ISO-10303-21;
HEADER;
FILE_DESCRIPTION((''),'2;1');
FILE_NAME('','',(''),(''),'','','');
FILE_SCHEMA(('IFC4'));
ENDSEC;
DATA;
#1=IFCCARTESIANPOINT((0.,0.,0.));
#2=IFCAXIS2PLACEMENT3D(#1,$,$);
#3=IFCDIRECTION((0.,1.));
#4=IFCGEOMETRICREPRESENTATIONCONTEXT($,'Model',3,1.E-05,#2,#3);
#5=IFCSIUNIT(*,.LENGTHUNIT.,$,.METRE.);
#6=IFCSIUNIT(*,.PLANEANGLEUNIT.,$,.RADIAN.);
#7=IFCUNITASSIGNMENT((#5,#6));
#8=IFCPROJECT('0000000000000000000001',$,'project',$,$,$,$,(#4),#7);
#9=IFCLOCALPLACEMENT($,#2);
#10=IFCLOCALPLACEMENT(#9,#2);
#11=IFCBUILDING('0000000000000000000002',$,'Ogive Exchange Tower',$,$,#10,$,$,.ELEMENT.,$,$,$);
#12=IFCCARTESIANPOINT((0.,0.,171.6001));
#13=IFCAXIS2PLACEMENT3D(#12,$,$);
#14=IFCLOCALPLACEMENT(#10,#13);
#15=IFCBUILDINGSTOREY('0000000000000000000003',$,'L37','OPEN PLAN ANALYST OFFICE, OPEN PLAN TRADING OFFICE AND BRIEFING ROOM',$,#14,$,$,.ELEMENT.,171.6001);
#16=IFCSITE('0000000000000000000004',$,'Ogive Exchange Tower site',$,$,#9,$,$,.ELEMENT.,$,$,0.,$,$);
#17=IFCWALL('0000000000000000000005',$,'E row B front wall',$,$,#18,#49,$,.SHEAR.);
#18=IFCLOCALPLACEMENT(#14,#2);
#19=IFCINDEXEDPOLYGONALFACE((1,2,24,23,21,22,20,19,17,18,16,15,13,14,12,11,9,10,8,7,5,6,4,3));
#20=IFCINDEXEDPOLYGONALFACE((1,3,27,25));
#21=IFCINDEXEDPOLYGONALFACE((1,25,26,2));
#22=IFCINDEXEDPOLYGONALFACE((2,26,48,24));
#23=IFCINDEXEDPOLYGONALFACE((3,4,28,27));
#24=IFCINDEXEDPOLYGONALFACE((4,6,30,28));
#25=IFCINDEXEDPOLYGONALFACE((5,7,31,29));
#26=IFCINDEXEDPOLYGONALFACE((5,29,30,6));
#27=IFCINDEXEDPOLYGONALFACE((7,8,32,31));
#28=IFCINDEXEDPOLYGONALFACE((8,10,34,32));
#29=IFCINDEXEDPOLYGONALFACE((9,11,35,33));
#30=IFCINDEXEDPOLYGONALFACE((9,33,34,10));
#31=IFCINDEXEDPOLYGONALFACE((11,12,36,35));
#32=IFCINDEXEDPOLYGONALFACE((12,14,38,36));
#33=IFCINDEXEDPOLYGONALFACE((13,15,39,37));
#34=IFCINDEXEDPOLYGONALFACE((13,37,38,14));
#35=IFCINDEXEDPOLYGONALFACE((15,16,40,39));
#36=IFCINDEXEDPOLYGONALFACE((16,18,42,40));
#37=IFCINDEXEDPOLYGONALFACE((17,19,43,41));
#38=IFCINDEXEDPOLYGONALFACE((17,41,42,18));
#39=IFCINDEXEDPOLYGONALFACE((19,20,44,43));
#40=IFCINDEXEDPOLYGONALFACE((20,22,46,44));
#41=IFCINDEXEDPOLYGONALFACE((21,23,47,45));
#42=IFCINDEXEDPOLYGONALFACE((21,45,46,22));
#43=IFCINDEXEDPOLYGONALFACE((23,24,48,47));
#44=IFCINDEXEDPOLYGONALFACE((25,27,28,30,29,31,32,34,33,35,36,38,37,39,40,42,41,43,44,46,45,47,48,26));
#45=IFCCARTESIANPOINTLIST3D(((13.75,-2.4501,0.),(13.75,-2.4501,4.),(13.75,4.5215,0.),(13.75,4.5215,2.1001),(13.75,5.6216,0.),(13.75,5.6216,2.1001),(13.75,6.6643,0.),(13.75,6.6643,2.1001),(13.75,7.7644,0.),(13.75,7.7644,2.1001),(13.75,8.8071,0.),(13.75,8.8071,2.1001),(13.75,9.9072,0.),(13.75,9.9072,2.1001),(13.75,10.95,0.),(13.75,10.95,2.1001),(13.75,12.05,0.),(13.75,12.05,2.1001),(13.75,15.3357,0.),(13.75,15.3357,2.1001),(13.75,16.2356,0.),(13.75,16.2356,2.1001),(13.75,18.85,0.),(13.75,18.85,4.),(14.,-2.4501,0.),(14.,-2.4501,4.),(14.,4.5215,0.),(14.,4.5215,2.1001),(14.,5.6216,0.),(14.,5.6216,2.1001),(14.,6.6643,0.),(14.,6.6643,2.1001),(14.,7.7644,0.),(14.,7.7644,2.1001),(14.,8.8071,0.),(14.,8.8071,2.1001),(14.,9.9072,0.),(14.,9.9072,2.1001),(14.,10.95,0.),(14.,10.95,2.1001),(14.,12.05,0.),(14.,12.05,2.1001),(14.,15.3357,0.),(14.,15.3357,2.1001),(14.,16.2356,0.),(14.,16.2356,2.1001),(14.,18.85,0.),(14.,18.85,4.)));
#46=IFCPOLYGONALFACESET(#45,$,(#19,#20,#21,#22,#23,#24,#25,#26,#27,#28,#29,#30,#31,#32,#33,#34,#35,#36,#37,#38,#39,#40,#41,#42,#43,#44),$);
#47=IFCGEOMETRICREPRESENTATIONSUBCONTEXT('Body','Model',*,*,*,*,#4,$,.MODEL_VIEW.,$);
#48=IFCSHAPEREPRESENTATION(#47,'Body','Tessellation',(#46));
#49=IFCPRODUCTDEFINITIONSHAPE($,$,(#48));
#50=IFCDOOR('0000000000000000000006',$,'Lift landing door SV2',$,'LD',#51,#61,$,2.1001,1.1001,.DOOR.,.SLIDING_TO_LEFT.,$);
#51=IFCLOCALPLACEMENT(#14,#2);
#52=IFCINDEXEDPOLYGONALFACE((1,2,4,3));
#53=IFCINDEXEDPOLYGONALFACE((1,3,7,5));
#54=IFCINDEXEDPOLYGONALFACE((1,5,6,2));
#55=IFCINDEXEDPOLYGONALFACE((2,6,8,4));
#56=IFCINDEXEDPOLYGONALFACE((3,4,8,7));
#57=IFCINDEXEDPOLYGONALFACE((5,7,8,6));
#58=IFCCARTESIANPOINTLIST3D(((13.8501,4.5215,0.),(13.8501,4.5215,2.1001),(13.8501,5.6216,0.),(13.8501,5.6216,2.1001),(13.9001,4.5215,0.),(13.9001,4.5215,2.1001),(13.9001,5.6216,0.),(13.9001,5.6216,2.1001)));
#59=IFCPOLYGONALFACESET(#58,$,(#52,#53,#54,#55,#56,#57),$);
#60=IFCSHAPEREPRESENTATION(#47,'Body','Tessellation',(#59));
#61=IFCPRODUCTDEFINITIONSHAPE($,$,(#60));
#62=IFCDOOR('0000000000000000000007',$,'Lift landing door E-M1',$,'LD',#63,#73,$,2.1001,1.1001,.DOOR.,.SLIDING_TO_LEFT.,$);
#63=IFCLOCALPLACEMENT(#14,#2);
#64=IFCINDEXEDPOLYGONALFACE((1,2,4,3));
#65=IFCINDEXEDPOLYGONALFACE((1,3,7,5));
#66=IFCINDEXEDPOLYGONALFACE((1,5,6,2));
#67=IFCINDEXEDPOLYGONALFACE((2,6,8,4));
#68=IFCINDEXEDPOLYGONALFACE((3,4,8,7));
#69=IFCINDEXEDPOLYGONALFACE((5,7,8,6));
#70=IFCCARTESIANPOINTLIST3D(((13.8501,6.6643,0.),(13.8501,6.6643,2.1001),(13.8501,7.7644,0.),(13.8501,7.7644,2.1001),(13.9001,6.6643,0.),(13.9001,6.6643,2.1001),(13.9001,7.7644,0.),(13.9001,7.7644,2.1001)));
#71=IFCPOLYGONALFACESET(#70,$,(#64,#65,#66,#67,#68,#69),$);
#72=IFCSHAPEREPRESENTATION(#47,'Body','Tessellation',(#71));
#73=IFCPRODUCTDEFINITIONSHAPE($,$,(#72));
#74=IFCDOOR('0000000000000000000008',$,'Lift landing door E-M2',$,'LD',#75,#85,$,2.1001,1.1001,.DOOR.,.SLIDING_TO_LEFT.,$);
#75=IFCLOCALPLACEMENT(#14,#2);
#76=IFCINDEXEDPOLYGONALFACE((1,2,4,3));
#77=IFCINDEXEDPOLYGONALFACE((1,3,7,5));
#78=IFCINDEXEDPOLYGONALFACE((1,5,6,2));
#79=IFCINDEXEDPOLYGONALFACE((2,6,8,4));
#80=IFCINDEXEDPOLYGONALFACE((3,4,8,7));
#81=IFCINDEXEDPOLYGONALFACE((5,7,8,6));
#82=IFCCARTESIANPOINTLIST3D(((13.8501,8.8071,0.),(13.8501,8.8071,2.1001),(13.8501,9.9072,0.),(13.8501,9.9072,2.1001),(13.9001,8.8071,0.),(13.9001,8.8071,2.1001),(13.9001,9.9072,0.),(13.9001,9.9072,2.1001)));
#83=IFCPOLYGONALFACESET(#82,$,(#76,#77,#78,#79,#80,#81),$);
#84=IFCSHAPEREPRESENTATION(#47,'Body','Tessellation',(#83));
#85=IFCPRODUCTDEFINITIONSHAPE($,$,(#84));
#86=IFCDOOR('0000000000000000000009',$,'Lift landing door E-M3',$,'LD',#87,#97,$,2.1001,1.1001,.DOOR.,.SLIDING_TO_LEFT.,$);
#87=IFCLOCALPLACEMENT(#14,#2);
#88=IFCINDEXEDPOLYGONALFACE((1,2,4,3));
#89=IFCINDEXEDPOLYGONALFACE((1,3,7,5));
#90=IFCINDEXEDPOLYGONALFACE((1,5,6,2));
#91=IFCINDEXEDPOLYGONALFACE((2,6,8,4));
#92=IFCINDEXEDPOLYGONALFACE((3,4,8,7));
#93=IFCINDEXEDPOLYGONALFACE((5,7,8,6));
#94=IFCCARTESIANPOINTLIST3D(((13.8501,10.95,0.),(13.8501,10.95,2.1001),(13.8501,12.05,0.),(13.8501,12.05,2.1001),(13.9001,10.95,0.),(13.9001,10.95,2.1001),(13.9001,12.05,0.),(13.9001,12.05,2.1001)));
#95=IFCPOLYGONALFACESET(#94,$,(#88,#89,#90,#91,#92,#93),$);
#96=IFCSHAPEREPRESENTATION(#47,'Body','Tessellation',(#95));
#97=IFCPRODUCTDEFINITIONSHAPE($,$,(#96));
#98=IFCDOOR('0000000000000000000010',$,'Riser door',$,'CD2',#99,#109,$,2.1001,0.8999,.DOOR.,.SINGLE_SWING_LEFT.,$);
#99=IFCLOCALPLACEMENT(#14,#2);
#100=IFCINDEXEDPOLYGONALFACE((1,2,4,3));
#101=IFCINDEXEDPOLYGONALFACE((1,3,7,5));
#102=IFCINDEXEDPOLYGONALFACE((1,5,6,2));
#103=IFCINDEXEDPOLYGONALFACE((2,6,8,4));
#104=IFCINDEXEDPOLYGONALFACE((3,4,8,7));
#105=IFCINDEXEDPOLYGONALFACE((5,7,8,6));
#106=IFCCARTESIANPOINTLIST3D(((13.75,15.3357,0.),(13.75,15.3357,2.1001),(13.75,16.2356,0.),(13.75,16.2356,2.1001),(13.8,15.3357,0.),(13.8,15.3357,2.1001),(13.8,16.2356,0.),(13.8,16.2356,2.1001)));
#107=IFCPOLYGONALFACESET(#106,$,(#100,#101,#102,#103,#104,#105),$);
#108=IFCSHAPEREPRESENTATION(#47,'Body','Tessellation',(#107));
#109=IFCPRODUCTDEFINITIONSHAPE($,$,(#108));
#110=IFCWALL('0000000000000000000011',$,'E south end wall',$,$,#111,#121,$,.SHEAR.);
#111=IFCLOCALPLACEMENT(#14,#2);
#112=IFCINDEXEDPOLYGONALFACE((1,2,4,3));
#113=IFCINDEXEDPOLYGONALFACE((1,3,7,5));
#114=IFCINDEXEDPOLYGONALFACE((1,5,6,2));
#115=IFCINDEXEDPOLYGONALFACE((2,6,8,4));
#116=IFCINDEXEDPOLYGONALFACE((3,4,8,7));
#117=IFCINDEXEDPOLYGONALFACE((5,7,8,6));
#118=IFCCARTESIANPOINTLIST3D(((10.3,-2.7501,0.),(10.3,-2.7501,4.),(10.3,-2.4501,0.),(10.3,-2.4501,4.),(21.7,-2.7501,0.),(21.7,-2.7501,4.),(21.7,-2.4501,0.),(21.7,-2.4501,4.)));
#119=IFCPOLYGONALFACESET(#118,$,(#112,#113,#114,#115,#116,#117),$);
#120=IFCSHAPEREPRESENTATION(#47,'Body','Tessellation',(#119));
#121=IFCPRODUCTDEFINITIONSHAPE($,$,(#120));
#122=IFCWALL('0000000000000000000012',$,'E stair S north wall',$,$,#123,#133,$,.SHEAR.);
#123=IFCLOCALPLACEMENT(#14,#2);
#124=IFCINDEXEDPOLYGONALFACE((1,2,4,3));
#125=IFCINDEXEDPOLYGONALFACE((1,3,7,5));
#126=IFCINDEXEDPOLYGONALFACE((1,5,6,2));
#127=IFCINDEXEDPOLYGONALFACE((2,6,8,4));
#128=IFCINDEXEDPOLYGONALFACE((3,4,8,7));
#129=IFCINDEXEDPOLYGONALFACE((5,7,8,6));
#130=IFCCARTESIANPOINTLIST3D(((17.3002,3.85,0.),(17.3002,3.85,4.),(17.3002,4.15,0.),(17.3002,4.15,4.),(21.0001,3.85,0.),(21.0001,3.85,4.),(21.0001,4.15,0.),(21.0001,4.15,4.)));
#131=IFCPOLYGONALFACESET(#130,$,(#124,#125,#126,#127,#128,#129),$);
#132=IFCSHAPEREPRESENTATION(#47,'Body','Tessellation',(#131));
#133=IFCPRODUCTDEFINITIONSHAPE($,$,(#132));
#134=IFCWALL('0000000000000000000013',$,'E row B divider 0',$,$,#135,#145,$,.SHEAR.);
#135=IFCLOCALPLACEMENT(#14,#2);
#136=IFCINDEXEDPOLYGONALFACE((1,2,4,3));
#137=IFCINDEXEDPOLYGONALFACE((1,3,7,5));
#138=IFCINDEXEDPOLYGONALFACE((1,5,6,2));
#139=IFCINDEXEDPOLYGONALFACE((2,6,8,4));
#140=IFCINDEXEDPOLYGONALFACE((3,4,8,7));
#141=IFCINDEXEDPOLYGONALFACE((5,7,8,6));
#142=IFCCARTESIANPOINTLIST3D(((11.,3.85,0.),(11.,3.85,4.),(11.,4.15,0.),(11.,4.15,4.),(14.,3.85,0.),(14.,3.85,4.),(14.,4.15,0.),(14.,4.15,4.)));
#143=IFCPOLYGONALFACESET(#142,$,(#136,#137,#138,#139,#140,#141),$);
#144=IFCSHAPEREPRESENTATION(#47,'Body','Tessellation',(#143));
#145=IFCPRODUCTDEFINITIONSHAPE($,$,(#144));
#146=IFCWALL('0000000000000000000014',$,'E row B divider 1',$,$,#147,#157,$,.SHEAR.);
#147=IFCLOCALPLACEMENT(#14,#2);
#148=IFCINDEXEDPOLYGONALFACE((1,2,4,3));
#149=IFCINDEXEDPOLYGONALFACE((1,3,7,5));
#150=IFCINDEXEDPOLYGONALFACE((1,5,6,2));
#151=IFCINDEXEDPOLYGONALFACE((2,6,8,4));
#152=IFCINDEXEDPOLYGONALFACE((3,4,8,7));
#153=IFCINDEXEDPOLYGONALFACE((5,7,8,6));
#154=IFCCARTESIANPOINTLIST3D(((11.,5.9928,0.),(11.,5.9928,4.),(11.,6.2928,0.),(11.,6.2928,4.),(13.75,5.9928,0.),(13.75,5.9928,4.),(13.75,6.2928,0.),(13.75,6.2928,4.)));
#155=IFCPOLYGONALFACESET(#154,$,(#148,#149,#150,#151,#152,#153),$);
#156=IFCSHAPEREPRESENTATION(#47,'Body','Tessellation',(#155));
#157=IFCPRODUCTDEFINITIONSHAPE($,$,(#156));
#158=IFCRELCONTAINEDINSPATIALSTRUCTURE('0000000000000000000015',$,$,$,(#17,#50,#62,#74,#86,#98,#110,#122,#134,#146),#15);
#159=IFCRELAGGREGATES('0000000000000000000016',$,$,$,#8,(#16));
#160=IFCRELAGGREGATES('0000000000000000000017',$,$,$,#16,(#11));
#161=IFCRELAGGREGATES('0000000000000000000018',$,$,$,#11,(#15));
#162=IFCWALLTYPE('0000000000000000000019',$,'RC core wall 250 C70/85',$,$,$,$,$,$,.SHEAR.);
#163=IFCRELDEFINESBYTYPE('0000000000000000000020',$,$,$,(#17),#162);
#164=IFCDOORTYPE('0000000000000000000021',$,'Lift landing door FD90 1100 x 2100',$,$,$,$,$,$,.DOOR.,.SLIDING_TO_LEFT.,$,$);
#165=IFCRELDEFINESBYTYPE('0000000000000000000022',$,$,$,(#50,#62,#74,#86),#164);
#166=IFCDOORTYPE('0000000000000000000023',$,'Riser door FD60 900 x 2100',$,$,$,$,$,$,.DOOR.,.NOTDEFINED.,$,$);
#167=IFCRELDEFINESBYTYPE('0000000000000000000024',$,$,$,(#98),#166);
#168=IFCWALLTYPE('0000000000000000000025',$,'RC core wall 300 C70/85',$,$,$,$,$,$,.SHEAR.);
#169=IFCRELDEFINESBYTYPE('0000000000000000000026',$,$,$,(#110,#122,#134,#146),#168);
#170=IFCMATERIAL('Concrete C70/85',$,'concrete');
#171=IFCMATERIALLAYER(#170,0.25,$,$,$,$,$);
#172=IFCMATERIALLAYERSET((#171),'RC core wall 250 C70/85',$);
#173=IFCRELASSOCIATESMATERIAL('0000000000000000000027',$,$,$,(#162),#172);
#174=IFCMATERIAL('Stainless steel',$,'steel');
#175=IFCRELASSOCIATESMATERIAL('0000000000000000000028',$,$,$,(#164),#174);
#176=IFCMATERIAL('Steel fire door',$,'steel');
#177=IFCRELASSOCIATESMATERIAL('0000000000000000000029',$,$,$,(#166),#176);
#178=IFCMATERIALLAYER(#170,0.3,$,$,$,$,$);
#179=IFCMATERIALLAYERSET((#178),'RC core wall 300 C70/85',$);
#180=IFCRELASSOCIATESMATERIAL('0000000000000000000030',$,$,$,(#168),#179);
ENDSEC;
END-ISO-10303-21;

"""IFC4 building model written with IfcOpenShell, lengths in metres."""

from ifc_helpers import new_model, si_unit, direction, frame, frame_2d, origin, place, context, subcontext, project, spatial, rectangle, extrude, material, layer, layer_set, type_object, element, fill, save


model = new_model("IFC4")

# Units and contexts
model_context = context("Model", 3, precision=1e-05, world=origin(), true_north=direction((0.0, 1.0)))
body_context = subcontext(model_context, "Body", "Model", "MODEL_VIEW")
ifc_project = project(units=[si_unit("LENGTHUNIT", "METRE"), si_unit("PLANEANGLEUNIT", "RADIAN")], contexts=[model_context])

# Site, building, storey
site_placement = place(None, origin())
site = spatial("IfcSite", under=ifc_project, at=site_placement, Name="Ogive Exchange Tower site", CompositionType="ELEMENT", RefElevation=0.0)
building_placement = place(site_placement, origin())
building = spatial("IfcBuilding", under=site, at=building_placement, Name="Ogive Exchange Tower", CompositionType="ELEMENT")
storey_placement = place(building_placement, frame((0.0, 0.0, 171.6001)))
storey = spatial("IfcBuildingStorey", under=building, at=storey_placement, Name="L37", Description="OPEN PLAN ANALYST OFFICE, OPEN PLAN TRADING OFFICE AND BRIEFING ROOM", CompositionType="ELEMENT", Elevation=171.6001)

# Shared definitions
ifc_material_1 = material(Name="Concrete C70/85", Category="concrete")

# Shared definitions
ifc_material_2 = material(Name="Steel fire door", Category="steel")
ifc_layer_1 = layer(ifc_material_1, 0.25)
ifc_layer_set_1 = layer_set([ifc_layer_1], Name="RC core wall 250 C70/85")
wall_type_1 = type_object("IfcWallType", Name="RC core wall 250 C70/85", PredefinedType="SHEAR", material=ifc_layer_set_1)

# Wall, openings, doors
wall_1_placement = place(storey_placement, frame((13.875, -2.45, 0.0), z_axis=(0.0, 0.0, 1.0), x_axis=(0.0, 1.0, 0.0)))
wall_1 = element("IfcWall", 1, at=wall_1_placement, inside=storey, type_object=wall_type_1, Name="E row B front wall", PredefinedType="SHEAR", context=body_context, shape_type="SweptSolid", body=[
    extrude(rectangle(XDim=21.3, YDim=0.25, at=frame_2d((10.6499, 0.0))), origin(), (0.0, 0.0, 1.0), 4.0),
])
opening_1_placement = place(wall_1_placement, frame((17.7856, 0.0, 0.0)))
opening_1 = element("IfcOpeningElement", 2, at=opening_1_placement, cuts=wall_1, PredefinedType="OPENING", context=body_context, shape_type="SweptSolid", body=[
    extrude(rectangle(XDim=0.8999, YDim=2.1001, at=frame_2d((0.45, 1.05))), frame((0.0, 0.135, 0.0), z_axis=(0.0, -1.0, 0.0), x_axis=(1.0, 0.0, 0.0)), (0.0, 0.0, 1.0), 0.27),
])
opening_2_placement = place(wall_1_placement, frame((6.9714, 0.0, 0.0)))
opening_2 = element("IfcOpeningElement", 3, at=opening_2_placement, cuts=wall_1, PredefinedType="OPENING", context=body_context, shape_type="SweptSolid", body=[
    extrude(rectangle(XDim=1.1001, YDim=2.1001, at=frame_2d((0.55, 1.05))), frame((0.0, 0.135, 0.0), z_axis=(0.0, -1.0, 0.0), x_axis=(1.0, 0.0, 0.0)), (0.0, 0.0, 1.0), 0.27),
])
opening_3_placement = place(wall_1_placement, frame((9.1143, 0.0, 0.0)))
opening_3 = element("IfcOpeningElement", 4, at=opening_3_placement, cuts=wall_1, PredefinedType="OPENING", context=body_context, shape_type="SweptSolid", body=[
    extrude(rectangle(XDim=1.1001, YDim=2.1001, at=frame_2d((0.55, 1.05))), frame((0.0, 0.135, 0.0), z_axis=(0.0, -1.0, 0.0), x_axis=(1.0, 0.0, 0.0)), (0.0, 0.0, 1.0), 0.27),
])
opening_4_placement = place(wall_1_placement, frame((11.2571, 0.0, 0.0)))
opening_4 = element("IfcOpeningElement", 5, at=opening_4_placement, cuts=wall_1, PredefinedType="OPENING", context=body_context, shape_type="SweptSolid", body=[
    extrude(rectangle(XDim=1.1001, YDim=2.1001, at=frame_2d((0.55, 1.05))), frame((0.0, 0.135, 0.0), z_axis=(0.0, -1.0, 0.0), x_axis=(1.0, 0.0, 0.0)), (0.0, 0.0, 1.0), 0.27),
])
opening_5_placement = place(wall_1_placement, frame((13.3999, 0.0, 0.0)))
opening_5 = element("IfcOpeningElement", 6, at=opening_5_placement, cuts=wall_1, PredefinedType="OPENING", context=body_context, shape_type="SweptSolid", body=[
    extrude(rectangle(XDim=1.1001, YDim=2.1001, at=frame_2d((0.55, 1.05))), frame((0.0, 0.135, 0.0), z_axis=(0.0, -1.0, 0.0), x_axis=(1.0, 0.0, 0.0)), (0.0, 0.0, 1.0), 0.27),
])
ifc_material_3 = material(Name="Stainless steel", Category="steel")
door_type_1 = type_object("IfcDoorType", Name="Lift landing door FD90 1100 x 2100", OperationType="SLIDING_TO_LEFT", PredefinedType="DOOR", material=ifc_material_3)
door_1_placement = place(opening_2_placement, origin())
door_1 = element("IfcDoor", 7, at=door_1_placement, inside=storey, type_object=door_type_1, Name="Lift landing door SV2", ObjectType="LD", OperationType="SLIDING_TO_LEFT", OverallHeight=2.1001, OverallWidth=1.1001, PredefinedType="DOOR", context=body_context, shape_type="SweptSolid", body=[
    extrude(rectangle(XDim=1.1001, YDim=2.1001, at=frame_2d((0.55, 1.05))), frame((0.0, 0.0249, 0.0), z_axis=(0.0, -1.0, 0.0), x_axis=(1.0, 0.0, 0.0)), (0.0, 0.0, 1.0), 0.05),
])
fill(opening_2, door_1)
door_2_placement = place(opening_3_placement, origin())
door_2 = element("IfcDoor", 8, at=door_2_placement, inside=storey, type_object=door_type_1, Name="Lift landing door E-M1", ObjectType="LD", OperationType="SLIDING_TO_LEFT", OverallHeight=2.1001, OverallWidth=1.1001, PredefinedType="DOOR", context=body_context, shape_type="SweptSolid", body=[
    extrude(rectangle(XDim=1.1001, YDim=2.1001, at=frame_2d((0.55, 1.05))), frame((0.0, 0.0249, 0.0), z_axis=(0.0, -1.0, 0.0), x_axis=(1.0, 0.0, 0.0)), (0.0, 0.0, 1.0), 0.05),
])
fill(opening_3, door_2)
door_3_placement = place(opening_4_placement, origin())
door_3 = element("IfcDoor", 9, at=door_3_placement, inside=storey, type_object=door_type_1, Name="Lift landing door E-M2", ObjectType="LD", OperationType="SLIDING_TO_LEFT", OverallHeight=2.1001, OverallWidth=1.1001, PredefinedType="DOOR", context=body_context, shape_type="SweptSolid", body=[
    extrude(rectangle(XDim=1.1001, YDim=2.1001, at=frame_2d((0.55, 1.05))), frame((0.0, 0.0249, 0.0), z_axis=(0.0, -1.0, 0.0), x_axis=(1.0, 0.0, 0.0)), (0.0, 0.0, 1.0), 0.05),
])
fill(opening_4, door_3)
door_4_placement = place(opening_5_placement, origin())
door_4 = element("IfcDoor", 10, at=door_4_placement, inside=storey, type_object=door_type_1, Name="Lift landing door E-M3", ObjectType="LD", OperationType="SLIDING_TO_LEFT", OverallHeight=2.1001, OverallWidth=1.1001, PredefinedType="DOOR", context=body_context, shape_type="SweptSolid", body=[
    extrude(rectangle(XDim=1.1001, YDim=2.1001, at=frame_2d((0.55, 1.05))), frame((0.0, 0.0249, 0.0), z_axis=(0.0, -1.0, 0.0), x_axis=(1.0, 0.0, 0.0)), (0.0, 0.0, 1.0), 0.05),
])
fill(opening_5, door_4)
door_type_2 = type_object("IfcDoorType", Name="Riser door FD60 900 x 2100", OperationType="NOTDEFINED", PredefinedType="DOOR", material=ifc_material_2)
door_5_placement = place(opening_1_placement, origin())
door_5 = element("IfcDoor", 11, at=door_5_placement, inside=storey, type_object=door_type_2, Name="Riser door", ObjectType="CD2", OperationType="SINGLE_SWING_LEFT", OverallHeight=2.1001, OverallWidth=0.8999, PredefinedType="DOOR", context=body_context, shape_type="SweptSolid", body=[
    extrude(rectangle(XDim=0.8999, YDim=2.1001, at=frame_2d((0.45, 1.05))), frame((0.0, 0.125, 0.0), z_axis=(0.0, -1.0, 0.0), x_axis=(1.0, 0.0, 0.0)), (0.0, 0.0, 1.0), 0.05),
])
fill(opening_1, door_5)

# Walls
ifc_layer_2 = layer(ifc_material_1, 0.3)
ifc_layer_set_2 = layer_set([ifc_layer_2], Name="RC core wall 300 C70/85")
wall_type_2 = type_object("IfcWallType", Name="RC core wall 300 C70/85", PredefinedType="SHEAR", material=ifc_layer_set_2)
wall_2_placement = place(storey_placement, frame((10.3, -2.6001, 0.0), z_axis=(0.0, 0.0, 1.0), x_axis=(1.0, 0.0, 0.0)))
element("IfcWall", 12, at=wall_2_placement, inside=storey, type_object=wall_type_2, Name="E south end wall", PredefinedType="SHEAR", context=body_context, shape_type="SweptSolid", body=[
    extrude(rectangle(XDim=11.3999, YDim=0.3, at=frame_2d((5.7, 0.0))), origin(), (0.0, 0.0, 1.0), 4.0),
])
wall_3_placement = place(storey_placement, frame((17.3, 4.0, 0.0), z_axis=(0.0, 0.0, 1.0), x_axis=(1.0, 0.0, 0.0)))
element("IfcWall", 13, at=wall_3_placement, inside=storey, type_object=wall_type_2, Name="E stair S north wall", PredefinedType="SHEAR", context=body_context, shape_type="SweptSolid", body=[
    extrude(rectangle(XDim=3.7, YDim=0.3, at=frame_2d((1.8501, 0.0))), origin(), (0.0, 0.0, 1.0), 4.0),
])
wall_4_placement = place(storey_placement, frame((11.0, 4.0, 0.0), z_axis=(0.0, 0.0, 1.0), x_axis=(1.0, 0.0, 0.0)))
element("IfcWall", 14, at=wall_4_placement, inside=storey, type_object=wall_type_2, Name="E row B divider 0", PredefinedType="SHEAR", context=body_context, shape_type="SweptSolid", body=[
    extrude(rectangle(XDim=3.0, YDim=0.3, at=frame_2d((1.5, 0.0))), origin(), (0.0, 0.0, 1.0), 4.0),
])
wall_5_placement = place(storey_placement, frame((11.0, 6.1428, 0.0), z_axis=(0.0, 0.0, 1.0), x_axis=(1.0, 0.0, 0.0)))
element("IfcWall", 15, at=wall_5_placement, inside=storey, type_object=wall_type_2, Name="E row B divider 1", PredefinedType="SHEAR", context=body_context, shape_type="SweptSolid", body=[
    extrude(rectangle(XDim=2.75, YDim=0.3, at=frame_2d((1.375, 0.0))), origin(), (0.0, 0.0, 1.0), 4.0),
])

save(model, "model.ifc")
